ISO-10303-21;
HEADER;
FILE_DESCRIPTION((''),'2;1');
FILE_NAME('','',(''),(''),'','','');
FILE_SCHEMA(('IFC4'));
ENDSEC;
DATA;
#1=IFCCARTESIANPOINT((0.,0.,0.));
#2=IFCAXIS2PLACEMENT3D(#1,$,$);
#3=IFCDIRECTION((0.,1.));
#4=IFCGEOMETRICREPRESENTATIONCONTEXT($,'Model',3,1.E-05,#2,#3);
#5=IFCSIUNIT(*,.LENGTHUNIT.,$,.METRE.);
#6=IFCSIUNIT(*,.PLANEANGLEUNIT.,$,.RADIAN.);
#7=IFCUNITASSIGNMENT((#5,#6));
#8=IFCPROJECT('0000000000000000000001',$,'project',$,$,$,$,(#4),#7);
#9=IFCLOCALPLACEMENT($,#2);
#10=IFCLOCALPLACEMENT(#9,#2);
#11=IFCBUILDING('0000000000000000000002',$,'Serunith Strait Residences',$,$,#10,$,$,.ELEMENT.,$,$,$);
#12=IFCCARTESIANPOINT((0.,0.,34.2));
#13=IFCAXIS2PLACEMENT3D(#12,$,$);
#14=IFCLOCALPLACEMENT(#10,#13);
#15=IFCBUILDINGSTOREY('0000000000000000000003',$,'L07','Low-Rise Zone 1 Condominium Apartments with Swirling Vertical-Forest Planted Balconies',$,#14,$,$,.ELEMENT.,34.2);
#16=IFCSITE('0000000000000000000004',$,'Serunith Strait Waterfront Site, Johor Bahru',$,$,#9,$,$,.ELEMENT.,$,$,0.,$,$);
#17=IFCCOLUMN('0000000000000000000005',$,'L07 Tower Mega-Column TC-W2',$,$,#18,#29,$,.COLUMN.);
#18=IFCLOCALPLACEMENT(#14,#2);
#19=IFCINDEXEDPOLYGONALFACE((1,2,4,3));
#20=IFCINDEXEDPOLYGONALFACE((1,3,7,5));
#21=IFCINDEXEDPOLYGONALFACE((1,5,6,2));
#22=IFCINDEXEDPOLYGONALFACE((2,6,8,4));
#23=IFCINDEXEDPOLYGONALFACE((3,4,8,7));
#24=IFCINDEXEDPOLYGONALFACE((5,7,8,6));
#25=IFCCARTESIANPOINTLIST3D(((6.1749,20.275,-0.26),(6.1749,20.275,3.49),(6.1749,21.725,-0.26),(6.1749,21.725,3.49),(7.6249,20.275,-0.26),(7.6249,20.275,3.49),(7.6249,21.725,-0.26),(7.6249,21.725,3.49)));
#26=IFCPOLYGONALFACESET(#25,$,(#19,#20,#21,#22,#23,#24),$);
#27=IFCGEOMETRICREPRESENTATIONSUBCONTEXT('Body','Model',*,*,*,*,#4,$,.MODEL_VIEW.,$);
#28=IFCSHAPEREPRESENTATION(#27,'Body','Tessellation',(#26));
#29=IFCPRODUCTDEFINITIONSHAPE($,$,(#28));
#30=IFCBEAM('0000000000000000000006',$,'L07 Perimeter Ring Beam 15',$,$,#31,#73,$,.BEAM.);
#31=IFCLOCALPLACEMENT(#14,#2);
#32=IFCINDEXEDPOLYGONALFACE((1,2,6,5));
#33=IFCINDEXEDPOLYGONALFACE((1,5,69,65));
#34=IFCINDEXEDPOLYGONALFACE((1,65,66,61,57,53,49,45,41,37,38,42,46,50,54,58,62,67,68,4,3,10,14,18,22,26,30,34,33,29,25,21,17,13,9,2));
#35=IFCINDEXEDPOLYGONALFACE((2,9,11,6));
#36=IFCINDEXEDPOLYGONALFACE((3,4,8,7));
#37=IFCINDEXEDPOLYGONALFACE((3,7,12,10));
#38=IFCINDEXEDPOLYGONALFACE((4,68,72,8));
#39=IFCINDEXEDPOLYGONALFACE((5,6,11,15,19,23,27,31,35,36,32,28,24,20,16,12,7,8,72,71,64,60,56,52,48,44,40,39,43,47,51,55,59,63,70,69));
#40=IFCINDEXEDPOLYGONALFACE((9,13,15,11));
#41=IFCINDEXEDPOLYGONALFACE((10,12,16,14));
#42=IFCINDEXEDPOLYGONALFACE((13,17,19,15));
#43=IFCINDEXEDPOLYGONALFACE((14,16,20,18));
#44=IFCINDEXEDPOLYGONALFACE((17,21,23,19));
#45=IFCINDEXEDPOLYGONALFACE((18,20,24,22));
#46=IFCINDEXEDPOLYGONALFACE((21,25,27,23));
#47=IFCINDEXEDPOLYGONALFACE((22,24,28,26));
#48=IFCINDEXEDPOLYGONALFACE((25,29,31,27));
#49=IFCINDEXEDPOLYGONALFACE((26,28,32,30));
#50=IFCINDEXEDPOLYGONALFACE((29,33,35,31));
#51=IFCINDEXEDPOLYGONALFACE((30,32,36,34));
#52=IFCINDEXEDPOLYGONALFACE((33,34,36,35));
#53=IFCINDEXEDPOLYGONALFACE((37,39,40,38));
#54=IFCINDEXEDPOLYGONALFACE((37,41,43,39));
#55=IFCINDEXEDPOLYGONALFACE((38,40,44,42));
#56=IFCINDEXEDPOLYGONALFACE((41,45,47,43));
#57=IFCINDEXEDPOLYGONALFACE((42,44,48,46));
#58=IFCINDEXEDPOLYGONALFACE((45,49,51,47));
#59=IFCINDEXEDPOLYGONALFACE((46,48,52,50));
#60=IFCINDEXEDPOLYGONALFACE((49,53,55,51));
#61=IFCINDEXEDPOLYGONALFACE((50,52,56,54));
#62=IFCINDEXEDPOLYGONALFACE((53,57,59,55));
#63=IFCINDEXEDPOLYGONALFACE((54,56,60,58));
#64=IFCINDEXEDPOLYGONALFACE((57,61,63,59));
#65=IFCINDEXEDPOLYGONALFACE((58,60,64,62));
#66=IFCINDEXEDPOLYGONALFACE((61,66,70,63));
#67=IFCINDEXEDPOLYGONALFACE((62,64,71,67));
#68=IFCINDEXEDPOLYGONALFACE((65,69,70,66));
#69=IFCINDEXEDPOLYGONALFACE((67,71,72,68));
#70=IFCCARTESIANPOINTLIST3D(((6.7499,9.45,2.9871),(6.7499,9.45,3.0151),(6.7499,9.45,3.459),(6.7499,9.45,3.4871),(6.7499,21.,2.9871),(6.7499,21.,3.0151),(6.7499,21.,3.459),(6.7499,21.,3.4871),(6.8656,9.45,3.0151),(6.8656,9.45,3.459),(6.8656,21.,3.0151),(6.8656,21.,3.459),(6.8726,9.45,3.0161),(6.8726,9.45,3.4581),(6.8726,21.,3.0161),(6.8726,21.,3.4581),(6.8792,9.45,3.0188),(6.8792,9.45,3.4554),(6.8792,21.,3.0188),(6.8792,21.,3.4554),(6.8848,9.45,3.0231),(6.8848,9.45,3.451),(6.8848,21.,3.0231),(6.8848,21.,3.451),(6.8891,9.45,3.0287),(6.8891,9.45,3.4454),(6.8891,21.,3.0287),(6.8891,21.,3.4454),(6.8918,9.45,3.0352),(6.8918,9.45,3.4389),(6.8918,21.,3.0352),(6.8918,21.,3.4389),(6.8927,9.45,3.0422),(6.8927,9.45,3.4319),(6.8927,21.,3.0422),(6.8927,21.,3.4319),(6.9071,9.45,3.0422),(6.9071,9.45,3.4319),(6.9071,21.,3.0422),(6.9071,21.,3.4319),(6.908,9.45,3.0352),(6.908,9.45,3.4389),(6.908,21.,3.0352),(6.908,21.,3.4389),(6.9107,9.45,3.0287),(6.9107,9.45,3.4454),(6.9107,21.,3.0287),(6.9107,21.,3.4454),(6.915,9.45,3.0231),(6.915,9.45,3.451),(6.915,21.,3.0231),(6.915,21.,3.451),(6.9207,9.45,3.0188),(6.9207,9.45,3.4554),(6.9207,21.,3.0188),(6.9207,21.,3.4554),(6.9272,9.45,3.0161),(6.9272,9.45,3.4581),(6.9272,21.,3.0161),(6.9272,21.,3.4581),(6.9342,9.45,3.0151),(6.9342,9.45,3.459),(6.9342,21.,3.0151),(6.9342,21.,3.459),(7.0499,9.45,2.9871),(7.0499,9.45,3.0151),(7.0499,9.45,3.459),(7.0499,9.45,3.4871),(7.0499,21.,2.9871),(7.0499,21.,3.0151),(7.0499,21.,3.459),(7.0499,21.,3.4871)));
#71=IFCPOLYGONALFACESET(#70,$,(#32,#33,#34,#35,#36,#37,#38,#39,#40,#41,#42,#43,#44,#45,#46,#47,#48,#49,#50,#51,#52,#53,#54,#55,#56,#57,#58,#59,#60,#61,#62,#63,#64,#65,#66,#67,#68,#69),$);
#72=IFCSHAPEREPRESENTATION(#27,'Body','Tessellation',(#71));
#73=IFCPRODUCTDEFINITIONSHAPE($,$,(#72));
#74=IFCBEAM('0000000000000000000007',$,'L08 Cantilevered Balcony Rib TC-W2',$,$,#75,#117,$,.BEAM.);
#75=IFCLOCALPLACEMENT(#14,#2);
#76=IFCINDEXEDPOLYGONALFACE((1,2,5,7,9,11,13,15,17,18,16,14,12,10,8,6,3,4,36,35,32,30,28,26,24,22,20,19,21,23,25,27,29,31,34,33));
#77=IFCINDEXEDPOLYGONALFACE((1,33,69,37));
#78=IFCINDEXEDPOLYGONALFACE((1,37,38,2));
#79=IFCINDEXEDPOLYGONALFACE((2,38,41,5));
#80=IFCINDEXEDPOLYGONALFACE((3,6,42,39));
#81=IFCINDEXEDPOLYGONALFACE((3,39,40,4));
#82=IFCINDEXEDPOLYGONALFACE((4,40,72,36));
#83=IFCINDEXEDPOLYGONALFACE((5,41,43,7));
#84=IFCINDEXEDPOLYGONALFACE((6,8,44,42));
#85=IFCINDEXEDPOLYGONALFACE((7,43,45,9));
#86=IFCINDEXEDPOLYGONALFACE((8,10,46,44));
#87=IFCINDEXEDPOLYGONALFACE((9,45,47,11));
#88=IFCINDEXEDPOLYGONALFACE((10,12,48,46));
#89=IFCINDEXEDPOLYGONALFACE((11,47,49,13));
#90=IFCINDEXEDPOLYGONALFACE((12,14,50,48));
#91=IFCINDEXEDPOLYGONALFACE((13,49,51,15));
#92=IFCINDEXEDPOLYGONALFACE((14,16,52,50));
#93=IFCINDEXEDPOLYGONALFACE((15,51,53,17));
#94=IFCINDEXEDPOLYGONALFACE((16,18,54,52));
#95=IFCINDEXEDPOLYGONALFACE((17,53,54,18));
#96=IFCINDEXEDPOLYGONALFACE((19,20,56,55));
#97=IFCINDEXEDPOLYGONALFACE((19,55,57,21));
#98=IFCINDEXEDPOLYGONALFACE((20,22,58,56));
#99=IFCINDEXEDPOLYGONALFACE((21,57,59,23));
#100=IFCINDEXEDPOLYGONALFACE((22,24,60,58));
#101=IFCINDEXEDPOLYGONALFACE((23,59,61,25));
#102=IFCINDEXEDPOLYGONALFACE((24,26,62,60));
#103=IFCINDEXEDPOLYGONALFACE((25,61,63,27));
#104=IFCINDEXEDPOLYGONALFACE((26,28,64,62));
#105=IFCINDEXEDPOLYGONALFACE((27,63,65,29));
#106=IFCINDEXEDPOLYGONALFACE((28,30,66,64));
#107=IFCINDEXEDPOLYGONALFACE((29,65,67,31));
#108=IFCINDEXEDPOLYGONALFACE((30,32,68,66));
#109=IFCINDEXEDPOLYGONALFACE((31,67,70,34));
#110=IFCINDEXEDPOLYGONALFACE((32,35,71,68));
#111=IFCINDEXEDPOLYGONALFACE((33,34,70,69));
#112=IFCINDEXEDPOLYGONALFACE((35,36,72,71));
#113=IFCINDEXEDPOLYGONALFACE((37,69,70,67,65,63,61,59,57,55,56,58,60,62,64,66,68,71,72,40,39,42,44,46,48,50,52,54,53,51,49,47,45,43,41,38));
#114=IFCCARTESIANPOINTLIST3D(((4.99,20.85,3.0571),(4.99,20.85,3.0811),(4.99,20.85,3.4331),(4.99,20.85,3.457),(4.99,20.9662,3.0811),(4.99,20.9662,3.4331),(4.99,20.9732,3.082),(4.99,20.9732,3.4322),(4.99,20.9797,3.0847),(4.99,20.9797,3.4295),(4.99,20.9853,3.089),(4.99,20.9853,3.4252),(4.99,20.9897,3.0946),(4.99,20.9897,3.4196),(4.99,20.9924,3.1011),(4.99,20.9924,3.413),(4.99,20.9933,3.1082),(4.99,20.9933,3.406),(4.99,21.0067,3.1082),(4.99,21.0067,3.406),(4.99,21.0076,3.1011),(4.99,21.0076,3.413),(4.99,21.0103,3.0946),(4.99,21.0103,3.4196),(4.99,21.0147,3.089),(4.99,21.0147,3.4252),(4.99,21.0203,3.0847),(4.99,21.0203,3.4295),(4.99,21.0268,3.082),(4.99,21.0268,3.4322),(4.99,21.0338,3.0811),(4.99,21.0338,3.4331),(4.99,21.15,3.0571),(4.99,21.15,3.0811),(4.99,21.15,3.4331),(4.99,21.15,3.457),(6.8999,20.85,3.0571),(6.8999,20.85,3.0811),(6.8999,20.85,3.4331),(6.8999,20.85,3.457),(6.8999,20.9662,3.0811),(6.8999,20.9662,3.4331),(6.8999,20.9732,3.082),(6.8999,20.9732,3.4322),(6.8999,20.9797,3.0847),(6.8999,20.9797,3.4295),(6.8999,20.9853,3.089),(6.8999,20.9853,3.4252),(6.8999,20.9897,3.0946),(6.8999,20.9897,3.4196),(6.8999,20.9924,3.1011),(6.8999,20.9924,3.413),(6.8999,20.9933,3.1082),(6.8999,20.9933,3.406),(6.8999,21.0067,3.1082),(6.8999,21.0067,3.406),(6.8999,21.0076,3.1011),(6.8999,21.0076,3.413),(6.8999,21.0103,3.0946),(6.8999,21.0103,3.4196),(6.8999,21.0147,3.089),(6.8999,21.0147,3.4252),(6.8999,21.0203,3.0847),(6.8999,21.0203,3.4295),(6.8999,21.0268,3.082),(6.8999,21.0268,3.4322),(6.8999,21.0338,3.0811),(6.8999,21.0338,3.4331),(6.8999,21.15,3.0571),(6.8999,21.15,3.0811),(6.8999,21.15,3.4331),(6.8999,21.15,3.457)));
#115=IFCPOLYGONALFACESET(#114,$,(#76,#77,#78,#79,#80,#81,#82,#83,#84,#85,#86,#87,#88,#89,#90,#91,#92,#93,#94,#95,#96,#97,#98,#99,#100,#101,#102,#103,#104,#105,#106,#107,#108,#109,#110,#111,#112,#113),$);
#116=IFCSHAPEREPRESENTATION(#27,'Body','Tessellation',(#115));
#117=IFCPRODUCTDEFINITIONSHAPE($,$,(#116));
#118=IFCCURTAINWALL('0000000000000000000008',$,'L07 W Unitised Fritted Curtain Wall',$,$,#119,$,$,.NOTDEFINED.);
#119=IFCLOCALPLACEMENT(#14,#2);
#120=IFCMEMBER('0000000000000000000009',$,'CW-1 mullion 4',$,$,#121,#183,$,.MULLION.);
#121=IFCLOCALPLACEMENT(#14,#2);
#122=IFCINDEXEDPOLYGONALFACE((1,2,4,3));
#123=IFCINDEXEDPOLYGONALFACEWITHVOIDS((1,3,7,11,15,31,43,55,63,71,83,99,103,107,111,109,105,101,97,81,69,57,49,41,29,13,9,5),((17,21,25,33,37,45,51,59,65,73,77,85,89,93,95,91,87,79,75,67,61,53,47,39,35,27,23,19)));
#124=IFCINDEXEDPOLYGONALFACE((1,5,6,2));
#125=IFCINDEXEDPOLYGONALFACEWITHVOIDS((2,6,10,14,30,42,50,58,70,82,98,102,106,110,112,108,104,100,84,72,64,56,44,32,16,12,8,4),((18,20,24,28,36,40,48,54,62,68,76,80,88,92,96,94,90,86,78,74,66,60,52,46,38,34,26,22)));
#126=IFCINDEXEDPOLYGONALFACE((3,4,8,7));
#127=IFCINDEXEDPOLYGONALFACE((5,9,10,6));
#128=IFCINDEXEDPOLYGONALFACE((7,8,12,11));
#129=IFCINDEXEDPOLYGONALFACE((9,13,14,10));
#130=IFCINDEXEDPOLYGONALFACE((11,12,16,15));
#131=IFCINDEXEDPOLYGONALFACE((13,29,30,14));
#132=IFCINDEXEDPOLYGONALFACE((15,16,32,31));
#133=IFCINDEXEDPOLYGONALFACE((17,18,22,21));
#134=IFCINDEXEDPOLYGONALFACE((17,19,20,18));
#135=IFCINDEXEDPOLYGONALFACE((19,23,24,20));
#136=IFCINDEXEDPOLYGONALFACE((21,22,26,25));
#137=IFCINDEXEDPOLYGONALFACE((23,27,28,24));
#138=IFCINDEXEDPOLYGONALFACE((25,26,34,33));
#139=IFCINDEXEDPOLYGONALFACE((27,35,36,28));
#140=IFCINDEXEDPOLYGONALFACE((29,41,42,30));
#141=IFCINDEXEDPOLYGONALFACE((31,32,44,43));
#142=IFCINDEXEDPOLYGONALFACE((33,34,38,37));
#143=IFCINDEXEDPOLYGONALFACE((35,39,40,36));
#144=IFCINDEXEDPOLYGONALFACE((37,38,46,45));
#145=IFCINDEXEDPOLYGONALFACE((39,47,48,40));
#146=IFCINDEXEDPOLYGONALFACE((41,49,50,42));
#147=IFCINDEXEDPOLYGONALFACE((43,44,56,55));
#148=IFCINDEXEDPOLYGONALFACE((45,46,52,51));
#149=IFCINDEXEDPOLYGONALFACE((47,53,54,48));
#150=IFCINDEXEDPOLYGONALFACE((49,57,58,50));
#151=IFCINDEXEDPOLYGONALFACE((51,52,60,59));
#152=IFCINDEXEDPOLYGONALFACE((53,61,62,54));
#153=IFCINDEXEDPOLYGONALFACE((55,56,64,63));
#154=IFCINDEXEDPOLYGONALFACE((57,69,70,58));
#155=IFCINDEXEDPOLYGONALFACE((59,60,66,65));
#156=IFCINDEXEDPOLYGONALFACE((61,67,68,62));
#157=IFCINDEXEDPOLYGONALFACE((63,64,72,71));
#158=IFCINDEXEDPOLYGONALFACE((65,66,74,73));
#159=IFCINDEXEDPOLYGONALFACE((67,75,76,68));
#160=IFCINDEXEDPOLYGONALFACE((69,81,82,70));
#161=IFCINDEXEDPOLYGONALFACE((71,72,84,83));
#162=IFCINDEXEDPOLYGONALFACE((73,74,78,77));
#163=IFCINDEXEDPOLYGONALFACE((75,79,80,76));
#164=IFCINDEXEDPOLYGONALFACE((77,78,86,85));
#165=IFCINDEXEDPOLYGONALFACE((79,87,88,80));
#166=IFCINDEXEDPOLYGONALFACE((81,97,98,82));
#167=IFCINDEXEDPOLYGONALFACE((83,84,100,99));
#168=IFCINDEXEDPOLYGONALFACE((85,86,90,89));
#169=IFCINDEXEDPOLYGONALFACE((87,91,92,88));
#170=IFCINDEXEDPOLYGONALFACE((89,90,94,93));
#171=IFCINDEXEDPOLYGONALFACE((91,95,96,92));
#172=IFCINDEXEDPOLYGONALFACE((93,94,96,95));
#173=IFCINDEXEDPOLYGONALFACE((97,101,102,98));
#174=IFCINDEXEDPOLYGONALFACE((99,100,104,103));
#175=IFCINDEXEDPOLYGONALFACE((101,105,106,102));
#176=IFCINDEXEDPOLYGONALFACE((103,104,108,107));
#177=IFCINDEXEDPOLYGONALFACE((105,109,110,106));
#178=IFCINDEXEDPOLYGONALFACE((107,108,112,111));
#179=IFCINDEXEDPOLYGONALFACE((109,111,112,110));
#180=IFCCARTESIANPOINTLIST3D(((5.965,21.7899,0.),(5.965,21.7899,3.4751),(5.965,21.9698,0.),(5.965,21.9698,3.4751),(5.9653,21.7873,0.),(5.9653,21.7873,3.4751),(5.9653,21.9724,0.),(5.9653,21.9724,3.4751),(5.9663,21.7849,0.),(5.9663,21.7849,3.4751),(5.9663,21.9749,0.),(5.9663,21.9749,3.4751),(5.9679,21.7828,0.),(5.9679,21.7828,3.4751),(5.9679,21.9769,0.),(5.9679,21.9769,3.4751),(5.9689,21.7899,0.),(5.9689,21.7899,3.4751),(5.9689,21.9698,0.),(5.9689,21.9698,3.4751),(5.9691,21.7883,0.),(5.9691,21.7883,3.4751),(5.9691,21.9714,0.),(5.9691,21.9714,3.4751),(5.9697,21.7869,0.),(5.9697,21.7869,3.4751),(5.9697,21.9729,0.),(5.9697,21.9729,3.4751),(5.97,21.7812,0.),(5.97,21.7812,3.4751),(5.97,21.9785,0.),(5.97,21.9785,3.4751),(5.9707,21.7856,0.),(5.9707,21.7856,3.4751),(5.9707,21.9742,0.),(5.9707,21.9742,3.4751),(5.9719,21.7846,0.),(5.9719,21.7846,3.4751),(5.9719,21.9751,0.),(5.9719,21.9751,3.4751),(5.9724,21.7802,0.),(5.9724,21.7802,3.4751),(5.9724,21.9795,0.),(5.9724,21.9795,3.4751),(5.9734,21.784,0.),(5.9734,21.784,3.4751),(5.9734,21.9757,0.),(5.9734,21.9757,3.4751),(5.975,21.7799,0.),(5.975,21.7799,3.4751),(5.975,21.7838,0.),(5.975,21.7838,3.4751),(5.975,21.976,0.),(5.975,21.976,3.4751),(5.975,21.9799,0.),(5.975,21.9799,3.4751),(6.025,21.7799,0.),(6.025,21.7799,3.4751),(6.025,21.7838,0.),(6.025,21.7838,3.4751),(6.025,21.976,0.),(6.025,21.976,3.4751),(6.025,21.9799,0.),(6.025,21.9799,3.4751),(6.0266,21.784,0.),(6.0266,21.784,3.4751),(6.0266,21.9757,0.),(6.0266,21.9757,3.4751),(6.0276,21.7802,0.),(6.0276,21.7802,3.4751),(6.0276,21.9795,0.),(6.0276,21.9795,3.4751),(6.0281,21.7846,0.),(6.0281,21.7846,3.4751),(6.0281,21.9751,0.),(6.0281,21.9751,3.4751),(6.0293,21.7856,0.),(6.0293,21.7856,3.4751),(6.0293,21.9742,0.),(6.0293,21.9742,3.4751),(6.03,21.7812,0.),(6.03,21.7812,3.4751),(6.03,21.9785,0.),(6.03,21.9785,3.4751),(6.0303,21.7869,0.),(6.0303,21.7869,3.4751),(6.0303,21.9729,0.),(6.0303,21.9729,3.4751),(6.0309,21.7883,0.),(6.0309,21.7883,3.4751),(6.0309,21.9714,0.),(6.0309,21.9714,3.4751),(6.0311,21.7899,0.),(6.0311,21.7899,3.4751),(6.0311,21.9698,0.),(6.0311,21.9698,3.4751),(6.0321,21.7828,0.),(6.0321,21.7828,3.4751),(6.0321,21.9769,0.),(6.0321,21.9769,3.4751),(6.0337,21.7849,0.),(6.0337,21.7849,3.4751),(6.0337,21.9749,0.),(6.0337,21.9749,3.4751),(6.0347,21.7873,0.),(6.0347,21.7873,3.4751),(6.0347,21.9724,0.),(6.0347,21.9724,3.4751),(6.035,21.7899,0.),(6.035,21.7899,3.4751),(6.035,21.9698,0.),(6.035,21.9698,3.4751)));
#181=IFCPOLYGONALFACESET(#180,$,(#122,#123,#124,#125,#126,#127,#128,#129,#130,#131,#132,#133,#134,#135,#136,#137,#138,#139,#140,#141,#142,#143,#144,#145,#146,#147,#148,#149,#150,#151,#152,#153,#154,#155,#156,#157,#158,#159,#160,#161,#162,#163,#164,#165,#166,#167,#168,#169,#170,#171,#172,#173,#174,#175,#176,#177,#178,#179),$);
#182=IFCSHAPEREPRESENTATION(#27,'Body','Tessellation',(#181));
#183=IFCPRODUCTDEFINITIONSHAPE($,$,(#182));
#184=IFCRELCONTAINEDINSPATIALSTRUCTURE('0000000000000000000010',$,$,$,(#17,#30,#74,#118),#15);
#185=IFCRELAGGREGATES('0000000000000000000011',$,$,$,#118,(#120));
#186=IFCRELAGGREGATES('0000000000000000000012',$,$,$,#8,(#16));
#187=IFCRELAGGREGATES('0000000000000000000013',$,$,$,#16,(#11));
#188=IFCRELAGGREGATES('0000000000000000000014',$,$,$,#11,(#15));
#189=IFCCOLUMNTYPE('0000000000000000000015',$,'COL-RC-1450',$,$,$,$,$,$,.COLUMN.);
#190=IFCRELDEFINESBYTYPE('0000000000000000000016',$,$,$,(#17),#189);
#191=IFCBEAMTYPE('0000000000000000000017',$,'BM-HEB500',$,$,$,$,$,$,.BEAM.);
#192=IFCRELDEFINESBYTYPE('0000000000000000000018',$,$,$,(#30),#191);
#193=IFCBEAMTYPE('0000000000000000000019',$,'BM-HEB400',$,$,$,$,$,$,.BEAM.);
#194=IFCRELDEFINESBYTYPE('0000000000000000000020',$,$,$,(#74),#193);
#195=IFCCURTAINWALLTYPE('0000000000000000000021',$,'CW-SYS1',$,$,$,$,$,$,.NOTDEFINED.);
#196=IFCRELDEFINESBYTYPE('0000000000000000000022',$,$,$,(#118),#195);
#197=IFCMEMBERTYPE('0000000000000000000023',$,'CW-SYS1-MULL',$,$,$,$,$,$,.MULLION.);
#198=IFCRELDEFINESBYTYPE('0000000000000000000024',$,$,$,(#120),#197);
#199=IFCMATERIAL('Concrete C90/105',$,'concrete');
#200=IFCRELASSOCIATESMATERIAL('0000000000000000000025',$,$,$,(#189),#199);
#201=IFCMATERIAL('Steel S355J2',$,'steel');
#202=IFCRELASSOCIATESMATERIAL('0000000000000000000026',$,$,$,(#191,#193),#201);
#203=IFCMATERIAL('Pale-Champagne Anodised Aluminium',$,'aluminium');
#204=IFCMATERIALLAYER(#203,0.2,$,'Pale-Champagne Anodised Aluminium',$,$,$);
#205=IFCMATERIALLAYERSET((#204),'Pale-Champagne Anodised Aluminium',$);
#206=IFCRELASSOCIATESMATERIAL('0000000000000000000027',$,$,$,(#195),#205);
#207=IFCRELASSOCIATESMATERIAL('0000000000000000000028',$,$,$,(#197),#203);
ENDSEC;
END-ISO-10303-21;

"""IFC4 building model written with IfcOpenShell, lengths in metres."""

from ifc_helpers import new_model, si_unit, direction, frame, origin, origin_2d, place, context, subcontext, project, spatial, rectangle, hollow_rectangle, i_section, extrude, source, transform, mapped, material, layer, layer_set, material_profile, profile_set, type_object, element, aggregate, save


model = new_model("IFC4")

# Units and contexts
model_context = context("Model", 3, precision=1e-05, world=origin(), true_north=direction((0.0, 1.0)))
body_context = subcontext(model_context, "Body", "Model", "MODEL_VIEW")
ifc_project = project(units=[si_unit("LENGTHUNIT", "METRE"), si_unit("PLANEANGLEUNIT", "RADIAN")], contexts=[model_context])

# Site, building, storey
site_placement = place(None, origin())
site = spatial("IfcSite", under=ifc_project, at=site_placement, Name="Serunith Strait Waterfront Site, Johor Bahru", CompositionType="ELEMENT", RefElevation=0.0)
building_placement = place(site_placement, origin())
building = spatial("IfcBuilding", under=site, at=building_placement, Name="Serunith Strait Residences", CompositionType="ELEMENT")
storey_placement = place(building_placement, frame((0.0, 0.0, 34.2)))
storey = spatial("IfcBuildingStorey", under=building, at=storey_placement, Name="L07", Description="Low-Rise Zone 1 Condominium Apartments with Swirling Vertical-Forest Planted Balconies", CompositionType="ELEMENT", Elevation=34.2)

# Column
ifc_material_1 = material(Name="Concrete C90/105", Category="concrete")
ifc_material_profile_1 = material_profile(ifc_material_1, rectangle(XDim=1.45, YDim=1.45, at=origin_2d()), Name="RC 1450x1450")
ifc_profile_set_1 = profile_set([ifc_material_profile_1], Name="Concrete C90/105")
column_type = type_object("IfcColumnType", Name="COL-RC-1450", PredefinedType="COLUMN", material=ifc_profile_set_1)
shared_shape_1 = source(origin(), body_context, "Body", "SweptSolid", [
    extrude(rectangle(XDim=1.45, YDim=1.45, at=origin_2d()), origin(), (0.0, 0.0, 1.0), 3.75),
])
column_placement = place(storey_placement, frame((6.8999, 21.0, -0.26), z_axis=(0.0, 0.0, 1.0), x_axis=(1.0, 0.0, 0.0)))
element("IfcColumn", 1, at=column_placement, inside=storey, type_object=column_type, Name="L07 Tower Mega-Column TC-W2", PredefinedType="COLUMN", context=body_context, shape_type="MappedRepresentation", body=[
    mapped(shared_shape_1, transform((0.0, 0.0, 0.0), scale=1.0)),
])

# Beams
ifc_material_2 = material(Name="Steel S355J2", Category="steel")
ifc_material_profile_2 = material_profile(ifc_material_2, i_section(OverallWidth=0.3, OverallDepth=0.5, WebThickness=0.0144, FlangeThickness=0.0281, FilletRadius=0.0271, at=origin_2d()), Name="HEB 500")
ifc_profile_set_2 = profile_set([ifc_material_profile_2], Name="Steel S355J2")
beam_type_1 = type_object("IfcBeamType", Name="BM-HEB500", PredefinedType="BEAM", material=ifc_profile_set_2)
shared_shape_2 = source(origin(), body_context, "Body", "SweptSolid", [
    extrude(i_section(OverallWidth=0.3, OverallDepth=0.5, WebThickness=0.0144, FlangeThickness=0.0281, FilletRadius=0.0271, at=origin_2d()), origin(), (0.0, 0.0, 1.0), 11.55),
])
beam_1_placement = place(storey_placement, frame((6.8999, 21.0, 3.2371), z_axis=(0.0, -1.0, 0.0), x_axis=(1.0, 0.0, 0.0)))
element("IfcBeam", 2, at=beam_1_placement, inside=storey, type_object=beam_type_1, Name="L07 Perimeter Ring Beam 15", PredefinedType="BEAM", context=body_context, shape_type="MappedRepresentation", body=[
    mapped(shared_shape_2, transform((0.0, 0.0, 0.0), scale=1.0)),
])
ifc_material_profile_3 = material_profile(ifc_material_2, i_section(OverallWidth=0.3, OverallDepth=0.3999, WebThickness=0.0134, FlangeThickness=0.0239, FilletRadius=0.0271, at=origin_2d()), Name="HEB 400")
ifc_profile_set_3 = profile_set([ifc_material_profile_3], Name="Steel S355J2")
beam_type_2 = type_object("IfcBeamType", Name="BM-HEB400", PredefinedType="BEAM", material=ifc_profile_set_3)
shared_shape_3 = source(origin(), body_context, "Body", "SweptSolid", [
    extrude(i_section(OverallWidth=0.3, OverallDepth=0.3999, WebThickness=0.0134, FlangeThickness=0.0239, FilletRadius=0.0271, at=origin_2d()), origin(), (0.0, 0.0, 1.0), 1.9099),
])
beam_2_placement = place(storey_placement, frame((6.8999, 21.0, 3.2571), z_axis=(-1.0, 0.0, 0.0), x_axis=(0.0, -1.0, 0.0)))
element("IfcBeam", 3, at=beam_2_placement, inside=storey, type_object=beam_type_2, Name="L08 Cantilevered Balcony Rib TC-W2", PredefinedType="BEAM", context=body_context, shape_type="MappedRepresentation", body=[
    mapped(shared_shape_3, transform((0.0, 0.0, 0.0), scale=1.0)),
])

# Curtain wall, member
ifc_material_3 = material(Name="Pale-Champagne Anodised Aluminium", Category="aluminium")
ifc_layer_1 = layer(ifc_material_3, 0.2, Name="Pale-Champagne Anodised Aluminium")
ifc_layer_set_1 = layer_set([ifc_layer_1], Name="Pale-Champagne Anodised Aluminium")
curtain_wall_type = type_object("IfcCurtainWallType", Name="CW-SYS1", PredefinedType="NOTDEFINED", material=ifc_layer_set_1)
curtain_wall_placement = place(storey_placement, origin())
curtain_wall = element("IfcCurtainWall", 4, at=curtain_wall_placement, inside=storey, type_object=curtain_wall_type, Name="L07 W Unitised Fritted Curtain Wall", PredefinedType="NOTDEFINED")
ifc_material_profile_4 = material_profile(ifc_material_3, hollow_rectangle(XDim=0.0701, YDim=0.2, WallThickness=0.0039, InnerFilletRadius=0.0061, OuterFilletRadius=0.01, at=origin_2d()), Name="ALU 200x70x4")
ifc_profile_set_4 = profile_set([ifc_material_profile_4], Name="Pale-Champagne Anodised Aluminium")
member_type_1 = type_object("IfcMemberType", Name="CW-SYS1-MULL", PredefinedType="MULLION", material=ifc_profile_set_4)
shared_shape_4 = source(origin(), body_context, "Body", "SweptSolid", [
    extrude(hollow_rectangle(XDim=0.0701, YDim=0.2, WallThickness=0.0039, InnerFilletRadius=0.0061, OuterFilletRadius=0.01, at=origin_2d()), origin(), (0.0, 0.0, 1.0), 3.4751),
])
member_1_placement = place(storey_placement, frame((6.0, 21.8799, 0.0), z_axis=(0.0, 0.0, 1.0), x_axis=(1.0, 0.0, 0.0)))
member_1 = element("IfcMember", 5, at=member_1_placement, type_object=member_type_1, Name="CW-1 mullion 4", PredefinedType="MULLION", context=body_context, shape_type="MappedRepresentation", body=[
    mapped(shared_shape_4, transform((0.0, 0.0, 0.0), scale=1.0)),
])
aggregate(curtain_wall, [member_1])

save(model, "model.ifc")
